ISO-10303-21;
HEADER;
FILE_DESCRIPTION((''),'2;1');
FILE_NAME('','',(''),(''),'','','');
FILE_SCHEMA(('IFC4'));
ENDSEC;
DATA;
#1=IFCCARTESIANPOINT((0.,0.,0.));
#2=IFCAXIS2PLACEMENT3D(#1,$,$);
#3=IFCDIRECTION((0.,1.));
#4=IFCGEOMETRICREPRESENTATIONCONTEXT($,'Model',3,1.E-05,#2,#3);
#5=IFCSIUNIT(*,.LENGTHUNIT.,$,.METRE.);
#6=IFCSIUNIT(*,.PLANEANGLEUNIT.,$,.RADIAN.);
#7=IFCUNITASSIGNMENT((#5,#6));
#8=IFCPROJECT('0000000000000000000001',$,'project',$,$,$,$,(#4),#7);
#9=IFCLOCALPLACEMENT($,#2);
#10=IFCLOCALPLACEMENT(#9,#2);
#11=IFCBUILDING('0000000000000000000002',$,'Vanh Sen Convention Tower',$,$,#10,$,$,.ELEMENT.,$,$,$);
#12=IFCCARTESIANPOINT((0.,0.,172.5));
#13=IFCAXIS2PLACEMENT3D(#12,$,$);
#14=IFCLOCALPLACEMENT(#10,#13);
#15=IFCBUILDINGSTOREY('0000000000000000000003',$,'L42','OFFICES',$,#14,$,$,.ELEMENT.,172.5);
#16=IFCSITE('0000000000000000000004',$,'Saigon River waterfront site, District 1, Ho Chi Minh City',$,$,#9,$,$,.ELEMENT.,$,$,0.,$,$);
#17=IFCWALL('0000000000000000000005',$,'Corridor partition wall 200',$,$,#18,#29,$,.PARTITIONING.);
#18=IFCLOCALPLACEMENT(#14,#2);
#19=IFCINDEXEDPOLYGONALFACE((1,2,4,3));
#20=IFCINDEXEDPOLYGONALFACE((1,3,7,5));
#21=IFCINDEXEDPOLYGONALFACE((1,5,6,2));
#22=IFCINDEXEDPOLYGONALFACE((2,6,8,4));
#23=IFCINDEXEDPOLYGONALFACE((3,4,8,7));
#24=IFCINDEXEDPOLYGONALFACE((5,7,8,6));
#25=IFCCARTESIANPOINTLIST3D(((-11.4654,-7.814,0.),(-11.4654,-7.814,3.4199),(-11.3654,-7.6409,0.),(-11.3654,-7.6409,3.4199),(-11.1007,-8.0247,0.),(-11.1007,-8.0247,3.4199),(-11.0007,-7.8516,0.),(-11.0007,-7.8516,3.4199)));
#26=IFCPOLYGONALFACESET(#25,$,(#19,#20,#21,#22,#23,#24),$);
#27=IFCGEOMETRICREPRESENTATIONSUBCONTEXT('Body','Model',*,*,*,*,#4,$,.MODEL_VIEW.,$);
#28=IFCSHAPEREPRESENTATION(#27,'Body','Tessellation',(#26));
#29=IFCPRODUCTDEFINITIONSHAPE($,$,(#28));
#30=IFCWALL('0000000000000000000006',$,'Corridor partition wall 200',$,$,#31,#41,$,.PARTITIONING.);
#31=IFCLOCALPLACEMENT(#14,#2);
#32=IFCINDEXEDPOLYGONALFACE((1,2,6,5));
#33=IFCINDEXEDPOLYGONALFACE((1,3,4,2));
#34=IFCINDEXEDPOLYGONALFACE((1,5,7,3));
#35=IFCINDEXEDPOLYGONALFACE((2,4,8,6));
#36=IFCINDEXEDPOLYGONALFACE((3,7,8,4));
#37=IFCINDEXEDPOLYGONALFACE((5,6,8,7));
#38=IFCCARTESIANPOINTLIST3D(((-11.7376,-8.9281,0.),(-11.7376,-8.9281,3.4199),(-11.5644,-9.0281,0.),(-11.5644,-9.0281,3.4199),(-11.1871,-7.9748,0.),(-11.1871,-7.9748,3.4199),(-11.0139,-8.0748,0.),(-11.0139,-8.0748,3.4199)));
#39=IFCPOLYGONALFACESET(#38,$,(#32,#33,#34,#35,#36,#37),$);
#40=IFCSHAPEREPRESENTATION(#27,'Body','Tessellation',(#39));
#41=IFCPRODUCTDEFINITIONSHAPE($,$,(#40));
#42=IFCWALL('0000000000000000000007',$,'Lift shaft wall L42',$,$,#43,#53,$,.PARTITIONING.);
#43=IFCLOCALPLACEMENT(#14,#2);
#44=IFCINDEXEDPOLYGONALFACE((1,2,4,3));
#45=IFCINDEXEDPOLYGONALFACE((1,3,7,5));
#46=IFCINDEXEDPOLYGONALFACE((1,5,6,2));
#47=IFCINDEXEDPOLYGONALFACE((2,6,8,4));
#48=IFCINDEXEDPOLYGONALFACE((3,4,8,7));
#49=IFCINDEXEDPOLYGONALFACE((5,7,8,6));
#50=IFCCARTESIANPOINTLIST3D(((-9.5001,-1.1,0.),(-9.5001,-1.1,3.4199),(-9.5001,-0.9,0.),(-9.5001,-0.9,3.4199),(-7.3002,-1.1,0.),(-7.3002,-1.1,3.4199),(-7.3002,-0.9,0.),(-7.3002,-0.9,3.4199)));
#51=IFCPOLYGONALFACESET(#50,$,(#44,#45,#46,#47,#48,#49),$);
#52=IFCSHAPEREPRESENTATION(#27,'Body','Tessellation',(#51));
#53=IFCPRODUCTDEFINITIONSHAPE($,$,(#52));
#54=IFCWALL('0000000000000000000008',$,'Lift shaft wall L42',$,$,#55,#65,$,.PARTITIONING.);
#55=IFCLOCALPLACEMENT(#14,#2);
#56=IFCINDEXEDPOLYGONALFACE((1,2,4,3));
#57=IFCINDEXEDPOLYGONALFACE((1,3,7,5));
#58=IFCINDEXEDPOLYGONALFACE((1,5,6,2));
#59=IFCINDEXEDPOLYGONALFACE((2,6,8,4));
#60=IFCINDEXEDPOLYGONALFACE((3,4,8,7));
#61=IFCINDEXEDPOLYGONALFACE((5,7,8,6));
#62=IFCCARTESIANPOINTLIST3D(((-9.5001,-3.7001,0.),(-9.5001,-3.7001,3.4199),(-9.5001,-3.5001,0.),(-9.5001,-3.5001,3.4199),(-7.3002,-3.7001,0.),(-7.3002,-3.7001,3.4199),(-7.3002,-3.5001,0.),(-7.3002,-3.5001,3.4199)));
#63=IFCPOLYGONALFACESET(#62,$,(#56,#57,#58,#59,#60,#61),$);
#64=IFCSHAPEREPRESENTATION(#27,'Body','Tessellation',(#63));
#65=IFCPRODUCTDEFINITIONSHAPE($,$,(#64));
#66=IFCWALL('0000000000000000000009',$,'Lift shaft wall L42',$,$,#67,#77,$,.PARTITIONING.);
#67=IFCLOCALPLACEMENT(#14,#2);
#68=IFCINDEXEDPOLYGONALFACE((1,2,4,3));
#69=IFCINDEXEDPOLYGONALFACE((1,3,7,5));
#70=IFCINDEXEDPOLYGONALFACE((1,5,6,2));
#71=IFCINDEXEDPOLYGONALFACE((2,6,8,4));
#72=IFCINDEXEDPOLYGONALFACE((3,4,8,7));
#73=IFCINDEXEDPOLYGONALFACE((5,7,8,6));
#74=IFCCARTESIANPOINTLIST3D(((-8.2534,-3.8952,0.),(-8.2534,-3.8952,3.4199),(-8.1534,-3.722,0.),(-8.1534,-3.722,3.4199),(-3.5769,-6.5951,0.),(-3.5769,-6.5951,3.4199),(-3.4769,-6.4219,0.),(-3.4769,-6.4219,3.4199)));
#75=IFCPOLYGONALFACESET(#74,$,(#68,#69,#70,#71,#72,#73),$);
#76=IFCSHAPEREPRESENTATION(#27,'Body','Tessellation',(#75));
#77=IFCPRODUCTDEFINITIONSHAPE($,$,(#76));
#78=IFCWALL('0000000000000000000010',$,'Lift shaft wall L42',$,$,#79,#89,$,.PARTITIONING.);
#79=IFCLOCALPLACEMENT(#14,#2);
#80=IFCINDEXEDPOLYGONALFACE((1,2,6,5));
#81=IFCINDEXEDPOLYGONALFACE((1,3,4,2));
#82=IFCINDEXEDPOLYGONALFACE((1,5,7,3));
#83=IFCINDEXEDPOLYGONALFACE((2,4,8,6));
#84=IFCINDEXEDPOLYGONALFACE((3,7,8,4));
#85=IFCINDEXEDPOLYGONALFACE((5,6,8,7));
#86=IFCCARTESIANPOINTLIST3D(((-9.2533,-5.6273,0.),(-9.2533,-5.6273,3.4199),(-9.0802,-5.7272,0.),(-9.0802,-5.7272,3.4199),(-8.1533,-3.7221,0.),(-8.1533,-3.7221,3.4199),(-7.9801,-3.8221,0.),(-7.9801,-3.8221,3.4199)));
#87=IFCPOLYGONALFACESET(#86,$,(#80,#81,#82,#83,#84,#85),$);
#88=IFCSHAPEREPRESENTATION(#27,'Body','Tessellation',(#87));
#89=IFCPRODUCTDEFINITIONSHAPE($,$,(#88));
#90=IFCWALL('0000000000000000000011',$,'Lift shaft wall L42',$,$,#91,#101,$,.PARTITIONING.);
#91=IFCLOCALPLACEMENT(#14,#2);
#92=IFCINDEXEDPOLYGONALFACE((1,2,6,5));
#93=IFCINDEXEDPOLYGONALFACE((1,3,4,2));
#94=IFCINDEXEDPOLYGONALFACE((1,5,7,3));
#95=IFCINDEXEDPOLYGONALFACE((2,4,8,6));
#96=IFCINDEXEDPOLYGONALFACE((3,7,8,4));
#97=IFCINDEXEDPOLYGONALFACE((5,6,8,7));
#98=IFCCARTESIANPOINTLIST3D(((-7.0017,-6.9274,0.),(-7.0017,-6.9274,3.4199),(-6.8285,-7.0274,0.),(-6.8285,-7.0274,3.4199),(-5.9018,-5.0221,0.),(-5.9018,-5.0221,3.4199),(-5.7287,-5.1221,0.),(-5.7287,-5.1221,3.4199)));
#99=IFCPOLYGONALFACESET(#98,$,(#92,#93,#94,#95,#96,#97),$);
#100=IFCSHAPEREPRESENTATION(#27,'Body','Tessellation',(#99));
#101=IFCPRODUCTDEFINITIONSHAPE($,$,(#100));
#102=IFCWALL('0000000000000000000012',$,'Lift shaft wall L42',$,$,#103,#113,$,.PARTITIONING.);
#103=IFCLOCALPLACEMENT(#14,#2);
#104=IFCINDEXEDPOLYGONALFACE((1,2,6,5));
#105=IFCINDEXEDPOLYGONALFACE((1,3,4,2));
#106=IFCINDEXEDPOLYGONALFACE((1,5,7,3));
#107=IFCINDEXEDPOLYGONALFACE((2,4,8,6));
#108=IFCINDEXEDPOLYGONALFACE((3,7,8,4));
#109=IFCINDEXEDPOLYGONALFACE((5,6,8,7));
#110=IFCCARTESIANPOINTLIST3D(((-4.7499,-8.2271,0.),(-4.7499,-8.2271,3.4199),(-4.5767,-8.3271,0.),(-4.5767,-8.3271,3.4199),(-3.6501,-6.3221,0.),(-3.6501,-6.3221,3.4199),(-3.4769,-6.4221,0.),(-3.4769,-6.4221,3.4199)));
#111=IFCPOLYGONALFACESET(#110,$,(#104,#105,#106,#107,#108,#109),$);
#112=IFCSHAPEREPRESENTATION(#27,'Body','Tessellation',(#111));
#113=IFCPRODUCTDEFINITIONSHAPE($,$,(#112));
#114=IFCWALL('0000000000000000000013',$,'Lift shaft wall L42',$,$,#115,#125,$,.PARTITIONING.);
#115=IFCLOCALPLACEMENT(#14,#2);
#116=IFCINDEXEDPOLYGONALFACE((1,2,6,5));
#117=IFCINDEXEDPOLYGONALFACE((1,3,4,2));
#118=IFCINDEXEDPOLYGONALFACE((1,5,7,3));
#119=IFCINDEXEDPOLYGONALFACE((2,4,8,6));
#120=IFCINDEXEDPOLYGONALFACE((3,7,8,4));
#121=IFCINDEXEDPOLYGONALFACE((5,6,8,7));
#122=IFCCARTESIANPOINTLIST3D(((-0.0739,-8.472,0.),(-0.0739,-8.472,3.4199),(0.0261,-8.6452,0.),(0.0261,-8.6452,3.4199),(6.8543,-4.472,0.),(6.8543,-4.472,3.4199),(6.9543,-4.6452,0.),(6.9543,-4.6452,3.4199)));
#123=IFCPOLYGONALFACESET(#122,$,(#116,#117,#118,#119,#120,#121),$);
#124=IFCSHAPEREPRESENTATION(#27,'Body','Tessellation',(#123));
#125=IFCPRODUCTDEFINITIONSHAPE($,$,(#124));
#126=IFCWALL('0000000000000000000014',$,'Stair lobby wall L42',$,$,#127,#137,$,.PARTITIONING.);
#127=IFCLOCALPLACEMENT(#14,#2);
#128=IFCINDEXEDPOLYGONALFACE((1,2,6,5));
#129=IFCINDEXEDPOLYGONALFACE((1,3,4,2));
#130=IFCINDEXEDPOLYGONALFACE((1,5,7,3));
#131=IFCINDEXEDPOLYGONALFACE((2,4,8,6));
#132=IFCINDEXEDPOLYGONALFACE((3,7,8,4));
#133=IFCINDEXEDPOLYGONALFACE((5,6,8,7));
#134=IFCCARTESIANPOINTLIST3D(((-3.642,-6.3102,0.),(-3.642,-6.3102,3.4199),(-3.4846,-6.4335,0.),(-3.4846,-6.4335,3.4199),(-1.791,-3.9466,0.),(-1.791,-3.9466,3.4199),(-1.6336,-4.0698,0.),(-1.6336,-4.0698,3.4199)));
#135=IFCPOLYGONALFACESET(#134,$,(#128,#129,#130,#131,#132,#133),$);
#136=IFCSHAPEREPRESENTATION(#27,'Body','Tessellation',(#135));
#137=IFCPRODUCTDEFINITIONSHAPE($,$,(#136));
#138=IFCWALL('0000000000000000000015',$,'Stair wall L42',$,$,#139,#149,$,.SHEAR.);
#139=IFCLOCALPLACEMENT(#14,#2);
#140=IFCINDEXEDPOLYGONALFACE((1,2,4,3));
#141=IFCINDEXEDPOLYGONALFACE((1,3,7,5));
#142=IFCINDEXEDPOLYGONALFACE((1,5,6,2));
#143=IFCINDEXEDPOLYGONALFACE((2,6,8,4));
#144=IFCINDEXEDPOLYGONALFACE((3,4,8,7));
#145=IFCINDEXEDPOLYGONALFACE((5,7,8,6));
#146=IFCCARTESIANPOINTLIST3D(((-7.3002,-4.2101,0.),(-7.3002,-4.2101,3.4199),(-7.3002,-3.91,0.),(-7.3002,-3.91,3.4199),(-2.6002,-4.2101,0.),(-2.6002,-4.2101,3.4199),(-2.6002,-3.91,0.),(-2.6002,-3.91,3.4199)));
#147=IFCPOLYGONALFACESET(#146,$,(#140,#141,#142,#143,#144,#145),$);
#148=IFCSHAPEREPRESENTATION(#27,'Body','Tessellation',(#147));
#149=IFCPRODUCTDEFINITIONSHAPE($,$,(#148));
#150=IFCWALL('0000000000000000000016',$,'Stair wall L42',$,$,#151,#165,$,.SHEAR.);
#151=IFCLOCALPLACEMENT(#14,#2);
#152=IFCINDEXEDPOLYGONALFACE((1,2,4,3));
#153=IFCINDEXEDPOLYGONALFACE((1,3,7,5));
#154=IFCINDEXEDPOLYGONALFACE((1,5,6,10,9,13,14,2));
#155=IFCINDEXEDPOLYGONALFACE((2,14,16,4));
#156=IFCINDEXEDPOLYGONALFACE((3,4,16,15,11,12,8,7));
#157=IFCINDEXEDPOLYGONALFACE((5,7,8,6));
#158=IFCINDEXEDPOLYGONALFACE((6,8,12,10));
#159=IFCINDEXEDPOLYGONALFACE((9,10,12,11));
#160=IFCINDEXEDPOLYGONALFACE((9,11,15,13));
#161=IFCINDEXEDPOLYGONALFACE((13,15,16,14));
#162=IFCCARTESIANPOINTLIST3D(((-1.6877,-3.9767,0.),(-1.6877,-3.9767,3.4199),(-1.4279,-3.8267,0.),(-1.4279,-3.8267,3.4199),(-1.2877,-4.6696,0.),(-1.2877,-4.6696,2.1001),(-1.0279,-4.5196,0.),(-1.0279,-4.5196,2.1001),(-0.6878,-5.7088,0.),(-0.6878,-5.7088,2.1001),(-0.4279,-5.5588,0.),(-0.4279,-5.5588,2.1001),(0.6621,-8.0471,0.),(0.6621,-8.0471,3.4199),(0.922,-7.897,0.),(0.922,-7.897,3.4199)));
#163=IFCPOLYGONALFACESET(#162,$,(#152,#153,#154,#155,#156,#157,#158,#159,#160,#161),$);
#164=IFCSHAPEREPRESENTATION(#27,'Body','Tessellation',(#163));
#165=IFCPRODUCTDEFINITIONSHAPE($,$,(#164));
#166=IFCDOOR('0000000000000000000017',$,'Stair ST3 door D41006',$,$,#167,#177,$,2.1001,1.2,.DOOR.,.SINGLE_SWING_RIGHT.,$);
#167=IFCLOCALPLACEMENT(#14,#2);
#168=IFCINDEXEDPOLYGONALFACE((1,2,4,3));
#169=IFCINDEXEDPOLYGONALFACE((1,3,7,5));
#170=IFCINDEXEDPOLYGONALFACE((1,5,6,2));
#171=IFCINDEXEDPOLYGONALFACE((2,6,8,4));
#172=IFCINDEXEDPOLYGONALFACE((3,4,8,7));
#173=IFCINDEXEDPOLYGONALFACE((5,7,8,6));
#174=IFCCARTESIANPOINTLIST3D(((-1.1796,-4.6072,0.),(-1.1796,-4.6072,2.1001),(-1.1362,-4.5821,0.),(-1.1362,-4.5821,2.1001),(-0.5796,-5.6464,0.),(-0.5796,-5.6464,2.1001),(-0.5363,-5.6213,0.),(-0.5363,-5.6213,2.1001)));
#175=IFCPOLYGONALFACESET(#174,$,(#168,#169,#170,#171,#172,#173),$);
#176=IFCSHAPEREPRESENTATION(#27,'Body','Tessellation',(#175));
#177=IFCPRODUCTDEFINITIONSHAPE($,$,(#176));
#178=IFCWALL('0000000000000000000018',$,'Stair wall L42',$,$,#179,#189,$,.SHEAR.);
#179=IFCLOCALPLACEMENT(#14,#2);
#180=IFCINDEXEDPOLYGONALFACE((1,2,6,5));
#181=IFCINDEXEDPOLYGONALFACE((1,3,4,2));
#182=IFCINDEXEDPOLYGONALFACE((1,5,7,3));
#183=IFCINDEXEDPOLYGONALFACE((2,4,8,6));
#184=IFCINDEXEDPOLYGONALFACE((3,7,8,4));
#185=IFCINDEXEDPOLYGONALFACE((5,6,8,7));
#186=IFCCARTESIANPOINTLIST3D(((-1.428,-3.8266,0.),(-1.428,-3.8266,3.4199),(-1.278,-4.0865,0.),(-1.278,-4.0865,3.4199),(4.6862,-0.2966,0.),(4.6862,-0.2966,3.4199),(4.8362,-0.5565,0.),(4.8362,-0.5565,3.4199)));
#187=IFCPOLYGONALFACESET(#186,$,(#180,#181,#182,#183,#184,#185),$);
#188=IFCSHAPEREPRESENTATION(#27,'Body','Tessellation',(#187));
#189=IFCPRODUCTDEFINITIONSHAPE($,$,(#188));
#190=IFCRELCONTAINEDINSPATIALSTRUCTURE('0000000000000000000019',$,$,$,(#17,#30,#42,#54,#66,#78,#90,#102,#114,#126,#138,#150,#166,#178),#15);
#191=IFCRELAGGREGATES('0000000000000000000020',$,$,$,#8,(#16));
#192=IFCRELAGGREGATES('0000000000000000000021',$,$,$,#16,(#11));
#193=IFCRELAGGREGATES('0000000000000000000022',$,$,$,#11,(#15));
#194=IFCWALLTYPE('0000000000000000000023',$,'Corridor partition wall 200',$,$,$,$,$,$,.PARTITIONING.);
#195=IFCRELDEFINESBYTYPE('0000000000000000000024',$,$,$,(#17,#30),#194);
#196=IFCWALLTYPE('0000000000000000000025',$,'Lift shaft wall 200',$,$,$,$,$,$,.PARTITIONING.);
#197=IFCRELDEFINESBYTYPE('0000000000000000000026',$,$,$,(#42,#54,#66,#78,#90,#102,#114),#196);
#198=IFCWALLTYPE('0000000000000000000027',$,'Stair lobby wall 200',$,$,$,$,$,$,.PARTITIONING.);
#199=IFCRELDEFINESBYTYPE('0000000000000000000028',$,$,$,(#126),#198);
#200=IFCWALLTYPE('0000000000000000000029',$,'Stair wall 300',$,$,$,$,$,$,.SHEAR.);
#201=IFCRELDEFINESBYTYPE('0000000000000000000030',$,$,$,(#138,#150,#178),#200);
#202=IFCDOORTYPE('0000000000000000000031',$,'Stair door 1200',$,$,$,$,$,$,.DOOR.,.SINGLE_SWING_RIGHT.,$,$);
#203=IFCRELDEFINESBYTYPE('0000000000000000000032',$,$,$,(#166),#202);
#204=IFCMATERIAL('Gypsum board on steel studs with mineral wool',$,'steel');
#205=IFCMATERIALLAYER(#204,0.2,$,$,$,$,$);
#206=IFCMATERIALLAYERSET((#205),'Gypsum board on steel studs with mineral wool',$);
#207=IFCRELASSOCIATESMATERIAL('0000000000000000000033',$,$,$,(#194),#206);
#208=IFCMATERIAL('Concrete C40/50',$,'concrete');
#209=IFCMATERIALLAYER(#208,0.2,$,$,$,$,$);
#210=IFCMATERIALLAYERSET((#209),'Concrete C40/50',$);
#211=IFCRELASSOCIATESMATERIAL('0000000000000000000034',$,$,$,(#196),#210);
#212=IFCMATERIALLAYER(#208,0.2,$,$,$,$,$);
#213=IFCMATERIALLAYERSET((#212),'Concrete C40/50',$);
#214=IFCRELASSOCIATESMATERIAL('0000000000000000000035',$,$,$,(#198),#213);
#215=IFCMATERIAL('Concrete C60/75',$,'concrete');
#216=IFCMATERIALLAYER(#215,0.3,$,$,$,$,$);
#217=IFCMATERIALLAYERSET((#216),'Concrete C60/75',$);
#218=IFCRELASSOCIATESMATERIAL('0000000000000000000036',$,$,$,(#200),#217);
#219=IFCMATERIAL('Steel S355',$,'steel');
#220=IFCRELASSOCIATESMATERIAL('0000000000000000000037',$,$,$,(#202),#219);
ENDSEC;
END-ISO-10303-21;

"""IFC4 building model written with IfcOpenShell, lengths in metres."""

from ifc_helpers import new_model, si_unit, direction, frame, frame_2d, origin, place, context, subcontext, project, spatial, rectangle, extrude, material, layer, layer_set, type_object, element, fill, save


model = new_model("IFC4")

# Units and contexts
model_context = context("Model", 3, precision=1e-05, world=origin(), true_north=direction((0.0, 1.0)))
body_context = subcontext(model_context, "Body", "Model", "MODEL_VIEW")
ifc_project = project(units=[si_unit("LENGTHUNIT", "METRE"), si_unit("PLANEANGLEUNIT", "RADIAN")], contexts=[model_context])

# Site, building, storey
site_placement = place(None, origin())
site = spatial("IfcSite", under=ifc_project, at=site_placement, Name="Saigon River waterfront site, District 1, Ho Chi Minh City", CompositionType="ELEMENT", RefElevation=0.0)
building_placement = place(site_placement, origin())
building = spatial("IfcBuilding", under=site, at=building_placement, Name="Vanh Sen Convention Tower", CompositionType="ELEMENT")
storey_placement = place(building_placement, frame((0.0, 0.0, 172.5)))
storey = spatial("IfcBuildingStorey", under=building, at=storey_placement, Name="L42", Description="OFFICES", CompositionType="ELEMENT", Elevation=172.5)

# Shared definitions
ifc_material_1 = material(Name="Concrete C40/50", Category="concrete")

# Shared definitions
ifc_material_2 = material(Name="Steel S355", Category="steel")

# Walls
ifc_material_3 = material(Name="Gypsum board on steel studs with mineral wool", Category="steel")
ifc_layer_1 = layer(ifc_material_3, 0.2)
ifc_layer_set_1 = layer_set([ifc_layer_1], Name="Gypsum board on steel studs with mineral wool")
wall_type_1 = type_object("IfcWallType", Name="Corridor partition wall 200", PredefinedType="PARTITIONING", material=ifc_layer_set_1)
wall_1_placement = place(storey_placement, frame((-11.4153, -7.7275, 0.0), z_axis=(0.0, 0.0, 1.0), x_axis=(0.865915, -0.500191, 0.0)))
element("IfcWall", 1, at=wall_1_placement, inside=storey, type_object=wall_type_1, Name="Corridor partition wall 200", PredefinedType="PARTITIONING", context=body_context, shape_type="SweptSolid", body=[
    extrude(rectangle(XDim=0.4211, YDim=0.2, at=frame_2d((0.2104, 0.0))), origin(), (0.0, 0.0, 1.0), 3.4199),
])
wall_2_placement = place(storey_placement, frame((-11.1006, -8.0249, 0.0), z_axis=(0.0, 0.0, 1.0), x_axis=(-0.500074, -0.865982, 0.0)))
element("IfcWall", 2, at=wall_2_placement, inside=storey, type_object=wall_type_1, Name="Corridor partition wall 200", PredefinedType="PARTITIONING", context=body_context, shape_type="SweptSolid", body=[
    extrude(rectangle(XDim=1.1008, YDim=0.2, at=frame_2d((0.5503, 0.0))), origin(), (0.0, 0.0, 1.0), 3.4199),
])
ifc_layer_2 = layer(ifc_material_1, 0.2)
ifc_layer_set_2 = layer_set([ifc_layer_2], Name="Concrete C40/50")
wall_type_2 = type_object("IfcWallType", Name="Lift shaft wall 200", PredefinedType="PARTITIONING", material=ifc_layer_set_2)
for number, where, z_axis, x_axis, name in (
    (3, (-7.3, -1.0, 0.0), (0.0, 0.0, 1.0), (-1.0, 0.0, 0.0), "Lift shaft wall L42"),
    (4, (-7.3, -3.6001, 0.0), (0.0, 0.0, 1.0), (-1.0, 0.0, 0.0), "Lift shaft wall L42"),
):
    element("IfcWall", number, at=place(storey_placement, frame(where, z_axis=z_axis, x_axis=x_axis)), inside=storey, type_object=wall_type_2, Name=name, PredefinedType="PARTITIONING", context=body_context, shape_type="SweptSolid", body=[
        extrude(rectangle(XDim=2.2, YDim=0.2, at=frame_2d((1.1001, 0.0))), origin(), (0.0, 0.0, 1.0), 3.4199),
    ])
wall_3_placement = place(storey_placement, frame((-8.2034, -3.8086, 0.0), z_axis=(0.0, 0.0, 1.0), x_axis=(0.866028, -0.499995, 0.0)))
element("IfcWall", 5, at=wall_3_placement, inside=storey, type_object=wall_type_2, Name="Lift shaft wall L42", PredefinedType="PARTITIONING", context=body_context, shape_type="SweptSolid", body=[
    extrude(rectangle(XDim=5.3999, YDim=0.2, at=frame_2d((2.7, 0.0))), origin(), (0.0, 0.0, 1.0), 3.4199),
])
for number, where, z_axis, x_axis, name in (
    (6, (-8.0667, -3.772, 0.0), (0.0, 0.0, 1.0), (-0.50003, -0.866008, 0.0), "Lift shaft wall L42"),
    (7, (-5.8152, -5.072, 0.0), (0.0, 0.0, 1.0), (-0.499947, -0.866056, 0.0), "Lift shaft wall L42"),
):
    element("IfcWall", number, at=place(storey_placement, frame(where, z_axis=z_axis, x_axis=x_axis)), inside=storey, type_object=wall_type_2, Name=name, PredefinedType="PARTITIONING", context=body_context, shape_type="SweptSolid", body=[
        extrude(rectangle(XDim=2.2, YDim=0.2, at=frame_2d((1.1001, 0.0))), origin(), (0.0, 0.0, 1.0), 3.4199),
    ])
wall_4_placement = place(storey_placement, frame((-3.5635, -6.3721, 0.0), z_axis=(0.0, 0.0, 1.0), x_axis=(-0.499995, -0.866028, 0.0)))
element("IfcWall", 8, at=wall_4_placement, inside=storey, type_object=wall_type_2, Name="Lift shaft wall L42", PredefinedType="PARTITIONING", context=body_context, shape_type="SweptSolid", body=[
    extrude(rectangle(XDim=2.1997, YDim=0.2, at=frame_2d((1.0999, 0.0))), origin(), (0.0, 0.0, 1.0), 3.4199),
])
wall_5_placement = place(storey_placement, frame((-0.0239, -8.5586, 0.0), z_axis=(0.0, 0.0, 1.0), x_axis=(0.866026, 0.499999, 0.0)))
element("IfcWall", 9, at=wall_5_placement, inside=storey, type_object=wall_type_2, Name="Lift shaft wall L42", PredefinedType="PARTITIONING", context=body_context, shape_type="SweptSolid", body=[
    extrude(rectangle(XDim=8.0, YDim=0.2, at=frame_2d((4.0, 0.0))), origin(), (0.0, 0.0, 1.0), 3.4199),
])
ifc_layer_3 = layer(ifc_material_1, 0.2)
ifc_layer_set_3 = layer_set([ifc_layer_3], Name="Concrete C40/50")
wall_type_3 = type_object("IfcWallType", Name="Stair lobby wall 200", PredefinedType="PARTITIONING", material=ifc_layer_set_3)
wall_6_placement = place(storey_placement, frame((-1.7124, -4.0083, 0.0), z_axis=(0.0, 0.0, 1.0), x_axis=(-0.616549, -0.787316, 0.0)))
element("IfcWall", 10, at=wall_6_placement, inside=storey, type_object=wall_type_3, Name="Stair lobby wall L42", PredefinedType="PARTITIONING", context=body_context, shape_type="SweptSolid", body=[
    extrude(rectangle(XDim=3.0022, YDim=0.2, at=frame_2d((1.501, 0.0))), origin(), (0.0, 0.0, 1.0), 3.4199),
])
ifc_material_4 = material(Name="Concrete C60/75", Category="concrete")
ifc_layer_4 = layer(ifc_material_4, 0.3)
ifc_layer_set_4 = layer_set([ifc_layer_4], Name="Concrete C60/75")
wall_type_4 = type_object("IfcWallType", Name="Stair wall 300", PredefinedType="SHEAR", material=ifc_layer_set_4)
wall_7_placement = place(storey_placement, frame((-2.6001, -4.0601, 0.0), z_axis=(0.0, 0.0, 1.0), x_axis=(-1.0, 0.0, 0.0)))
element("IfcWall", 11, at=wall_7_placement, inside=storey, type_object=wall_type_4, Name="Stair wall L42", PredefinedType="SHEAR", context=body_context, shape_type="SweptSolid", body=[
    extrude(rectangle(XDim=4.7, YDim=0.3, at=frame_2d((2.3501, 0.0))), origin(), (0.0, 0.0, 1.0), 3.4199),
])

# Wall, opening, door
wall_8_placement = place(storey_placement, frame((-1.5579, -3.9016, 0.0), z_axis=(0.0, 0.0, 1.0), x_axis=(0.499977, -0.866039, 0.0)))
wall_8 = element("IfcWall", 12, at=wall_8_placement, inside=storey, type_object=wall_type_4, Name="Stair wall L42", PredefinedType="SHEAR", context=body_context, shape_type="SweptSolid", body=[
    extrude(rectangle(XDim=4.7, YDim=0.3, at=frame_2d((2.3501, 0.0))), origin(), (0.0, 0.0, 1.0), 3.4199),
])
opening_1_placement = place(wall_8_placement, frame((0.8, 0.0, 0.0)))
opening_1 = element("IfcOpeningElement", 13, at=opening_1_placement, cuts=wall_8, PredefinedType="OPENING", context=body_context, shape_type="SweptSolid", body=[
    extrude(rectangle(XDim=1.2, YDim=2.1001, at=frame_2d((0.6001, 1.05))), frame((0.0, 0.1599, 0.0), z_axis=(0.0, -1.0, 0.0), x_axis=(1.0, 0.0, 0.0)), (0.0, 0.0, 1.0), 0.3201),
])
door_type_1 = type_object("IfcDoorType", Name="Stair door 1200", OperationType="SINGLE_SWING_RIGHT", PredefinedType="DOOR", material=ifc_material_2)
door_1_placement = place(opening_1_placement, origin())
door_1 = element("IfcDoor", 14, at=door_1_placement, inside=storey, type_object=door_type_1, Name="Stair ST3 door D41006", OperationType="SINGLE_SWING_RIGHT", OverallHeight=2.1001, OverallWidth=1.2, PredefinedType="DOOR", context=body_context, shape_type="SweptSolid", body=[
    extrude(rectangle(XDim=1.2, YDim=2.1001, at=frame_2d((0.6001, 1.05))), frame((0.0, 0.0249, 0.0), z_axis=(0.0, -1.0, 0.0), x_axis=(1.0, 0.0, 0.0)), (0.0, 0.0, 1.0), 0.05),
])
fill(opening_1, door_1)

# Wall
wall_9_placement = place(storey_placement, frame((-1.353, -3.9565, 0.0), z_axis=(0.0, 0.0, 1.0), x_axis=(0.866028, 0.499996, 0.0)))
element("IfcWall", 15, at=wall_9_placement, inside=storey, type_object=wall_type_4, Name="Stair wall L42", PredefinedType="SHEAR", context=body_context, shape_type="SweptSolid", body=[
    extrude(rectangle(XDim=7.0601, YDim=0.3, at=frame_2d((3.53, 0.0))), origin(), (0.0, 0.0, 1.0), 3.4199),
])

save(model, "model.ifc")
